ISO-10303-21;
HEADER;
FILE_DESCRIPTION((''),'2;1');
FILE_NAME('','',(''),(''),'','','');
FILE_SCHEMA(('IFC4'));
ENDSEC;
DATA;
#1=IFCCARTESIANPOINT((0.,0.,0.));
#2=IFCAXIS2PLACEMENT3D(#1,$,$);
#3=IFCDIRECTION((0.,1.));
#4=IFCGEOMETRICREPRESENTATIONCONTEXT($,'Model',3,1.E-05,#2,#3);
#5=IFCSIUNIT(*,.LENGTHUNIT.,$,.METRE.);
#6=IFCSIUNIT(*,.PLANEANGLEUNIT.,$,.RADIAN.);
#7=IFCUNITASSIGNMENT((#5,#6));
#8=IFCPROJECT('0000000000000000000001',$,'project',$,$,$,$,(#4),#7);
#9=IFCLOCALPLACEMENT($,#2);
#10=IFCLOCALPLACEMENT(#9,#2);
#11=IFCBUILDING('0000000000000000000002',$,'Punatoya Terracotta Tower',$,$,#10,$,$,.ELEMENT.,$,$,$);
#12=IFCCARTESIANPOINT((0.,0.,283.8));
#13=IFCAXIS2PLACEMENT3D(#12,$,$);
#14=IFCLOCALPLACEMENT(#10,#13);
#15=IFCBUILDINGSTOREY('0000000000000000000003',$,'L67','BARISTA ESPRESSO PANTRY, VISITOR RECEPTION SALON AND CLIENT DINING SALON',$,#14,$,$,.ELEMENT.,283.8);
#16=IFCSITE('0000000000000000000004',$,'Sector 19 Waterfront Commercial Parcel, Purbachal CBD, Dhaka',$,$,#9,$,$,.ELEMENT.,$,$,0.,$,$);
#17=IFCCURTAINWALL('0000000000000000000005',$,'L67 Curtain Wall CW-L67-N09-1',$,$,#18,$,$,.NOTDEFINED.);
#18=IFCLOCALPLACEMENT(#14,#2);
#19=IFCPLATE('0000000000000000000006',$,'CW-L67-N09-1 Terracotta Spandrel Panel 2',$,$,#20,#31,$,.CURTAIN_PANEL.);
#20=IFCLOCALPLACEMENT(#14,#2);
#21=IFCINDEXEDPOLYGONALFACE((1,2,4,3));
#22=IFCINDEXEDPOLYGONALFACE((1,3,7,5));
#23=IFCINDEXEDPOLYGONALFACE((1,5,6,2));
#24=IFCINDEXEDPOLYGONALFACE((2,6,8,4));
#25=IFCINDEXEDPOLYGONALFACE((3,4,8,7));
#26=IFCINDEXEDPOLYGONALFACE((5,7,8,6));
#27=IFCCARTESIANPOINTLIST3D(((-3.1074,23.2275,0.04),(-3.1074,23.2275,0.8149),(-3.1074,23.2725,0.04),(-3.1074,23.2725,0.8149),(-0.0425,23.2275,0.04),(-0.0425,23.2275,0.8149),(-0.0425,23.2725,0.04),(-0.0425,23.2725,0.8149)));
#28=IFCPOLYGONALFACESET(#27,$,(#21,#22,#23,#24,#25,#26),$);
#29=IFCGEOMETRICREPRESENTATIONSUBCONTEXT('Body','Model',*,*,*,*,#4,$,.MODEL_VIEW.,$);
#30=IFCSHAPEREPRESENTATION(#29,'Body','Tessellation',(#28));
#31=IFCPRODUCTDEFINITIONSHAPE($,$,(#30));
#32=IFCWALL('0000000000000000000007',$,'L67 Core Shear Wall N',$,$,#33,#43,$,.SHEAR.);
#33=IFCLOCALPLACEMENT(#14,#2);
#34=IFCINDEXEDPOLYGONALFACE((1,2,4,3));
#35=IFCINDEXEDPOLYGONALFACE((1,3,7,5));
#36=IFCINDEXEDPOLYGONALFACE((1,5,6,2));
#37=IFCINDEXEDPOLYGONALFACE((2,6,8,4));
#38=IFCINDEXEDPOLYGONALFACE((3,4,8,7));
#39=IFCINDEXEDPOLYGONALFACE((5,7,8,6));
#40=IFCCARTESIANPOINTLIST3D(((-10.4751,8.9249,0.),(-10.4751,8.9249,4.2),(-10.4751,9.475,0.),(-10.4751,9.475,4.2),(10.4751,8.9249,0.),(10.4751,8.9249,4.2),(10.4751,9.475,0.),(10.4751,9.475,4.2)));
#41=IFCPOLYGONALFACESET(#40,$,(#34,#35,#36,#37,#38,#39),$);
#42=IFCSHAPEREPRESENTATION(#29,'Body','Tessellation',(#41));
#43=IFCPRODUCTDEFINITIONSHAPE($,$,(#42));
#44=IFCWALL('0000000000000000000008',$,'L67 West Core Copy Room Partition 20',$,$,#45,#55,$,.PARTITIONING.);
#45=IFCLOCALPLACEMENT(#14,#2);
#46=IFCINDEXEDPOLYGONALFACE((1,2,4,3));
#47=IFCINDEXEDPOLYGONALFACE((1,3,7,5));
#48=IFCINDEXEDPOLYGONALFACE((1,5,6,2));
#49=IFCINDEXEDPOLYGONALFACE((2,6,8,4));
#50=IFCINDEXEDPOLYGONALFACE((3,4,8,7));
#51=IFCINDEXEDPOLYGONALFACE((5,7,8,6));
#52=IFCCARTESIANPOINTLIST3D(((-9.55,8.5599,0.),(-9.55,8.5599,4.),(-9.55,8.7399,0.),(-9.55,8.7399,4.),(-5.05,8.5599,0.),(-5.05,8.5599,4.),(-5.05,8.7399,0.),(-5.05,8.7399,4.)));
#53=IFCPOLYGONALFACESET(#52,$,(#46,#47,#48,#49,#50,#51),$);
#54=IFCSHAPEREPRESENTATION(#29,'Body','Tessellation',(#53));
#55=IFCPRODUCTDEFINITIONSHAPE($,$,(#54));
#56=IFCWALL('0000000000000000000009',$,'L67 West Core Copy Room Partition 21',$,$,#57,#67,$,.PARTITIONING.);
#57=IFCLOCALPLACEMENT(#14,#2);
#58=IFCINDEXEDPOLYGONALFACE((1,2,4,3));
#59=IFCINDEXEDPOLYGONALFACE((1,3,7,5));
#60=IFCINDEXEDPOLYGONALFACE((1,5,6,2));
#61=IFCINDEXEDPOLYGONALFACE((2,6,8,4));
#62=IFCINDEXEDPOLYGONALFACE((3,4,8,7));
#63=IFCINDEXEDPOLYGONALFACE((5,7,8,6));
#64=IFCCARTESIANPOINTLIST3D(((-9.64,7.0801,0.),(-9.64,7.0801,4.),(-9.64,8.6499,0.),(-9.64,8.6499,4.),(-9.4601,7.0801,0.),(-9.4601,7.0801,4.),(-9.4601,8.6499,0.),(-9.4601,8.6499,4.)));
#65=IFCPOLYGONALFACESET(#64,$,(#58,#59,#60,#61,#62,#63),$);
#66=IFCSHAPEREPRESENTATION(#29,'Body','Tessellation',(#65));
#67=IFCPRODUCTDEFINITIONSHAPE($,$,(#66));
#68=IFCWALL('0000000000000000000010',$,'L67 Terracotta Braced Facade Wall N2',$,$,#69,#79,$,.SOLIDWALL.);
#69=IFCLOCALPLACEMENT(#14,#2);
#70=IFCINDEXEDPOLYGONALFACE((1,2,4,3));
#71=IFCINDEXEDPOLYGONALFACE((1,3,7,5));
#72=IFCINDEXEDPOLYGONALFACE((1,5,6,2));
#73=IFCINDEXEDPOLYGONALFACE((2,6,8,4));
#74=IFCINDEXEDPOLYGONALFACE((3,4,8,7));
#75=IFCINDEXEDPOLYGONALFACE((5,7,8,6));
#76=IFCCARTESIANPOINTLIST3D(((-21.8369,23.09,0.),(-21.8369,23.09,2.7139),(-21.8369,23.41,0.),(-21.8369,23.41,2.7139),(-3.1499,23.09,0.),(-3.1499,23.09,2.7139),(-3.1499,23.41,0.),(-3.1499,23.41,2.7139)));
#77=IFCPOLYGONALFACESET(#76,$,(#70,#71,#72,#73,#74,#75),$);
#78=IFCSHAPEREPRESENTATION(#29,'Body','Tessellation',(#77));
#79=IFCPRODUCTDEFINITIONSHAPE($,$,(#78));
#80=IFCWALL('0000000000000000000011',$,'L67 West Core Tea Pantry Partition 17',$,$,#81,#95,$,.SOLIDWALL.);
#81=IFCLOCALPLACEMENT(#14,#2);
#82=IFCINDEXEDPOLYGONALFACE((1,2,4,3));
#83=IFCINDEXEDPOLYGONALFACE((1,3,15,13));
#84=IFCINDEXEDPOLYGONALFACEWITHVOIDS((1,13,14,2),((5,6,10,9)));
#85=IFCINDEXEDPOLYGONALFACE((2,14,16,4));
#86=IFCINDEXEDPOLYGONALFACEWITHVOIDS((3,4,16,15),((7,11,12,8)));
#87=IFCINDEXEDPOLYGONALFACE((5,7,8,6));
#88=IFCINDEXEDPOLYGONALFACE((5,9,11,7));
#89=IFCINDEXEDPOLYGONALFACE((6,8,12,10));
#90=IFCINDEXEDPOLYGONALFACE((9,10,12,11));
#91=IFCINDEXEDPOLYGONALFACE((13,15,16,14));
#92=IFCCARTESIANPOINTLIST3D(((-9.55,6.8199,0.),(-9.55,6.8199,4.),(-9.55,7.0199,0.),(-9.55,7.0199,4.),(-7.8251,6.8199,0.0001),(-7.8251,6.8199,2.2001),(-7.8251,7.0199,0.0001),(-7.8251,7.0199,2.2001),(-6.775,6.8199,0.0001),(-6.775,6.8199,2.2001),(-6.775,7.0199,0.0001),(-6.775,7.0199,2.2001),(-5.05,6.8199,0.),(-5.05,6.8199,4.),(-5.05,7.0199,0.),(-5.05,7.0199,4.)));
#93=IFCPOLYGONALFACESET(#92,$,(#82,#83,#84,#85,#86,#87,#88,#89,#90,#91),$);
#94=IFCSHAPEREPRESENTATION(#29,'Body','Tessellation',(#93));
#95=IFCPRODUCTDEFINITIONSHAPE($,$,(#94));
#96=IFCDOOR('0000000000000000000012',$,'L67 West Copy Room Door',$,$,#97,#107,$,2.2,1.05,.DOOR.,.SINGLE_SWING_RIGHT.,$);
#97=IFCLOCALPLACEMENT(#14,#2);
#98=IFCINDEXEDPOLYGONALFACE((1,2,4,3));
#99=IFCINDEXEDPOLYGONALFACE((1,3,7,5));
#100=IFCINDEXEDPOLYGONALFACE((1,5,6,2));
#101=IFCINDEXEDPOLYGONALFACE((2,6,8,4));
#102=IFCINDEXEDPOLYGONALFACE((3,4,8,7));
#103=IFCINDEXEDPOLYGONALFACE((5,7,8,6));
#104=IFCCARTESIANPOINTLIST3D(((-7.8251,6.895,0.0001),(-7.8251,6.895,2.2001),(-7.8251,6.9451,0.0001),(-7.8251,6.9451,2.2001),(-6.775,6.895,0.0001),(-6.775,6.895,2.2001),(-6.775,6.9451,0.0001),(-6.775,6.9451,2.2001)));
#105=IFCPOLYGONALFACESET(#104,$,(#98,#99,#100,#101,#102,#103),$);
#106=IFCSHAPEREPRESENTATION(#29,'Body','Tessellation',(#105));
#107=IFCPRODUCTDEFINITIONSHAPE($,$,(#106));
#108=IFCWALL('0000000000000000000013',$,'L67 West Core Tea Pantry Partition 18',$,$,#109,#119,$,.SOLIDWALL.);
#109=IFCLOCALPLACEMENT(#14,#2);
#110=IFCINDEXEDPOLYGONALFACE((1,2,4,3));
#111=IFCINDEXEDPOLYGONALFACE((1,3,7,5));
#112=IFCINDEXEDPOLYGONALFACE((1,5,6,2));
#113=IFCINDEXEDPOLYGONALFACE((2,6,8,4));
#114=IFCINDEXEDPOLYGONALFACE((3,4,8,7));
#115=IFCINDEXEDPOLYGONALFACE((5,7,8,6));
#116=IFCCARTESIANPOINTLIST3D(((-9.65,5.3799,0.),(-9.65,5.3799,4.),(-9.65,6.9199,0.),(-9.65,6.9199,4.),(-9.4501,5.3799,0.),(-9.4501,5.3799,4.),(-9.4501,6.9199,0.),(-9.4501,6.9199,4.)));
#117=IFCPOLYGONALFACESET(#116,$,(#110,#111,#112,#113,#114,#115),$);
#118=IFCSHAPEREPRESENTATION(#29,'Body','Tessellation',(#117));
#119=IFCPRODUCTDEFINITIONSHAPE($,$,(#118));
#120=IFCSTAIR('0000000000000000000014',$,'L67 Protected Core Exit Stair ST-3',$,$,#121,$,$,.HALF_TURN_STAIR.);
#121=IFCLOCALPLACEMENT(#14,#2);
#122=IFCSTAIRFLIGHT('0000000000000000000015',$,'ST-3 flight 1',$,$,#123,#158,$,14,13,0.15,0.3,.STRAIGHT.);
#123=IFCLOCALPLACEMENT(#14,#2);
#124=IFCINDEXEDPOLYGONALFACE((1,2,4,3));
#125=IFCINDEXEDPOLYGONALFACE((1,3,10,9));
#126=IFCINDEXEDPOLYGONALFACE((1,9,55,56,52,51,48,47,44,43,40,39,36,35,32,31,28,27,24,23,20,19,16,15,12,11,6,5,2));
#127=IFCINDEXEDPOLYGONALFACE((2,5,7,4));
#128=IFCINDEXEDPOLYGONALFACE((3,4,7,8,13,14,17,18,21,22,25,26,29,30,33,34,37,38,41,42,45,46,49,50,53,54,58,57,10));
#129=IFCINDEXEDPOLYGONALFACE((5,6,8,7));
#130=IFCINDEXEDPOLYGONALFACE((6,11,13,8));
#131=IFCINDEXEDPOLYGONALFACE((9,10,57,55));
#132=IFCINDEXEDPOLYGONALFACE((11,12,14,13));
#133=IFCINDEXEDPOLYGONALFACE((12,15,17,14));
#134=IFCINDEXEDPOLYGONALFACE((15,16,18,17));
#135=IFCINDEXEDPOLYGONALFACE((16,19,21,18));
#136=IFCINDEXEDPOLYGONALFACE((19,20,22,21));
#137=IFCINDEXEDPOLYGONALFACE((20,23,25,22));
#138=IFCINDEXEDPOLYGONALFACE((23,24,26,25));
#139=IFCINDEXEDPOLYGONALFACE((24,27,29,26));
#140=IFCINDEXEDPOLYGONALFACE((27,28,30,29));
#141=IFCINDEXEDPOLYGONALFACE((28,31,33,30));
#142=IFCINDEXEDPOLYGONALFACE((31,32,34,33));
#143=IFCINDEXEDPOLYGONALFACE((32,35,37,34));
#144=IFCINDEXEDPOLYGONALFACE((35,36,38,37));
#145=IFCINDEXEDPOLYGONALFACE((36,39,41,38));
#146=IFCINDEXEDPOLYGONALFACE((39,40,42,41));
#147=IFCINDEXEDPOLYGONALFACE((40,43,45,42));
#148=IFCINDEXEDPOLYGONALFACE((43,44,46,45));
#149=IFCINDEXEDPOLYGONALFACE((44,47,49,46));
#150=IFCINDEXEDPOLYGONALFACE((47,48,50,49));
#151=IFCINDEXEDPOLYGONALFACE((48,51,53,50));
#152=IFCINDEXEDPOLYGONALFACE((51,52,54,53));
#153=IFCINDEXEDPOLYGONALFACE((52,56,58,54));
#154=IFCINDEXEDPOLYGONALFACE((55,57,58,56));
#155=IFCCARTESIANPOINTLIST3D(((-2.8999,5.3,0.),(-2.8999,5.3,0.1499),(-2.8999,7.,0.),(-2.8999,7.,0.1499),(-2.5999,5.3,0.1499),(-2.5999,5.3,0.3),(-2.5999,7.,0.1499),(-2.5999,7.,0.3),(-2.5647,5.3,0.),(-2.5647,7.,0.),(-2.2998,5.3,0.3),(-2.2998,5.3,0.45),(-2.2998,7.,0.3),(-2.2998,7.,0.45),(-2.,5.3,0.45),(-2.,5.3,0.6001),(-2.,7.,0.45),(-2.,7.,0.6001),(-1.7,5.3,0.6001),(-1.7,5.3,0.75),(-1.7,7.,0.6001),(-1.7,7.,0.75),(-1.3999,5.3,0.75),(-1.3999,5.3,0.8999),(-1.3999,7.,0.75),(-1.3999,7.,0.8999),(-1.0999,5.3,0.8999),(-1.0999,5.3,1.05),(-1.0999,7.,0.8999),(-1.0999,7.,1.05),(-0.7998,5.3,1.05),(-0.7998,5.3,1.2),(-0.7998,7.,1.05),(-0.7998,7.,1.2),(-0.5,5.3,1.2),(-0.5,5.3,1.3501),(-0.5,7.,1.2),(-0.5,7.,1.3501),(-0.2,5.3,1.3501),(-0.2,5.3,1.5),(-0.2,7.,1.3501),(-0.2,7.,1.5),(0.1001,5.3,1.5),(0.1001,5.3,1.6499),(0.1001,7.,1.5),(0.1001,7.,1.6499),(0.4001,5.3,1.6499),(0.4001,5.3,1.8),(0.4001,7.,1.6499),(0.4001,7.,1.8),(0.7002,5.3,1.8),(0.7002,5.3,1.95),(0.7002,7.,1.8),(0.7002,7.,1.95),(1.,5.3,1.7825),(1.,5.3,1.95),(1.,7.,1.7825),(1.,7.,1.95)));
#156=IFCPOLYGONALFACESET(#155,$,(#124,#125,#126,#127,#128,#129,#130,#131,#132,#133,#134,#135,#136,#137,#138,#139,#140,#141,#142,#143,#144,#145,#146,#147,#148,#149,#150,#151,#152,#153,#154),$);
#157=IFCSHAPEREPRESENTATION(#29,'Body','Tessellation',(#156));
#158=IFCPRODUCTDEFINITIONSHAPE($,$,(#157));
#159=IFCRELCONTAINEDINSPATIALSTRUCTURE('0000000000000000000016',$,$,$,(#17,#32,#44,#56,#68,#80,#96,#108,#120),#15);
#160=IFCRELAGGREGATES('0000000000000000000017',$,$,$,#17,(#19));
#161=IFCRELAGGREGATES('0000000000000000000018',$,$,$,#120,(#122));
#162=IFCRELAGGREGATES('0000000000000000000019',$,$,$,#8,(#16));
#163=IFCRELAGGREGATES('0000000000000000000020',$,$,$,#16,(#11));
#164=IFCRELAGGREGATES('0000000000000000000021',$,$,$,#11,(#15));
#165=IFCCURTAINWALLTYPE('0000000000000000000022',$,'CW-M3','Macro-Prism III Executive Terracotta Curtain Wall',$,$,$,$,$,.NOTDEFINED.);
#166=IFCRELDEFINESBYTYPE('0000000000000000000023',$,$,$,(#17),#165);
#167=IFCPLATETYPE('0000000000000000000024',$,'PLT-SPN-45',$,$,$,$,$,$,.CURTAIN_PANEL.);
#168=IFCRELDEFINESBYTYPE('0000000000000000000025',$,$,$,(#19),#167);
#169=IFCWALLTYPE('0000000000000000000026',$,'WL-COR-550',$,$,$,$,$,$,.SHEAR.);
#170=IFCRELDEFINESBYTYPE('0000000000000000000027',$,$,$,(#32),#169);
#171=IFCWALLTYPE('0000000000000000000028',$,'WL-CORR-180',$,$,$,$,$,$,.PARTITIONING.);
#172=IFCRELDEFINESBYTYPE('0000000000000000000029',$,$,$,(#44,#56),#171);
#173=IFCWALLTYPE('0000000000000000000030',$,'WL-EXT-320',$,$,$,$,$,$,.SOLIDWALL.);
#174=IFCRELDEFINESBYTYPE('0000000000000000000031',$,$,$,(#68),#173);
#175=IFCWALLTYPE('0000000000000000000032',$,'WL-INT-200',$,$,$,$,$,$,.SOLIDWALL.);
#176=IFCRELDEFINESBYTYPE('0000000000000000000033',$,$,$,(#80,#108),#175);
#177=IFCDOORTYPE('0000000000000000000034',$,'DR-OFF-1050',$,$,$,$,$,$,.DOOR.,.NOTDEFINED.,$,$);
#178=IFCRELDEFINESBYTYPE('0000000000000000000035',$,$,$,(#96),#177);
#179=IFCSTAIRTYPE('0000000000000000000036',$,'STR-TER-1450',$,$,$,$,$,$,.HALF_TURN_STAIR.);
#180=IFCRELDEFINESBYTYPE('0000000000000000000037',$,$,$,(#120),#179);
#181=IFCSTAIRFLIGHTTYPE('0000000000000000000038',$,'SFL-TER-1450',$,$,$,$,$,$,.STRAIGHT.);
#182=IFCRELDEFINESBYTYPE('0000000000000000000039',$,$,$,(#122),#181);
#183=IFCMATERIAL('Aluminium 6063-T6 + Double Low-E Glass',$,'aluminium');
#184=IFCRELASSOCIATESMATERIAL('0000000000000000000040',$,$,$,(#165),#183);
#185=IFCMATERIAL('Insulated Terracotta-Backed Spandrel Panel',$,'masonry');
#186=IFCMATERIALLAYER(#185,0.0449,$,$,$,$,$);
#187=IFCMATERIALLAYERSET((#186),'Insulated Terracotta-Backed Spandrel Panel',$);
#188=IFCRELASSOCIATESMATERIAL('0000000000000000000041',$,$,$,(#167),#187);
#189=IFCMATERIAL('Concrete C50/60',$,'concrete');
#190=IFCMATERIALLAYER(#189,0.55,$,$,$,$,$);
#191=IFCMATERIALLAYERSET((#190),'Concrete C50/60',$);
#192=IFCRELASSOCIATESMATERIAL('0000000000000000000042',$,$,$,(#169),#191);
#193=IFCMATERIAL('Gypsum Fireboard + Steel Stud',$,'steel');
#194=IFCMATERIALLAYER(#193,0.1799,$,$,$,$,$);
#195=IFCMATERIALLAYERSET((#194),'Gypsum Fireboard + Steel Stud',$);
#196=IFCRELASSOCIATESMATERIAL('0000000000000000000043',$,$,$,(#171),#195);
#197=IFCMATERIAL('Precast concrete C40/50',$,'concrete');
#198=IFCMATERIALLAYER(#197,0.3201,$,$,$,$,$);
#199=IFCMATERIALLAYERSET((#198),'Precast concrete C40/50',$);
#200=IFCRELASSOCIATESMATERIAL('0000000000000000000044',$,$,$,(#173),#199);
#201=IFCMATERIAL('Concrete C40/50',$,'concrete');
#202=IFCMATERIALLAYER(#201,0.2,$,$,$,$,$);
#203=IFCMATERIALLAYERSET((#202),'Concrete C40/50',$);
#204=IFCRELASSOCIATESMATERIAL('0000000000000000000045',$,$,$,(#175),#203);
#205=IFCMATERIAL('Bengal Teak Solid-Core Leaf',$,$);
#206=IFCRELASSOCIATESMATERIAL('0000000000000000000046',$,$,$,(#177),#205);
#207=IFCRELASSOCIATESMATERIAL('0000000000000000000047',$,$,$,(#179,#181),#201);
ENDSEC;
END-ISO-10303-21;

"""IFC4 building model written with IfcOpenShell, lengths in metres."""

from ifc_helpers import new_model, si_unit, direction, frame, frame_2d, origin, origin_2d, place, context, subcontext, project, spatial, polyline, rectangle, outline, extrude, material, layer, layer_set, type_object, element, fill, aggregate, save


model = new_model("IFC4")

# Units and contexts
model_context = context("Model", 3, precision=1e-05, world=origin(), true_north=direction((0.0, 1.0)))
body_context = subcontext(model_context, "Body", "Model", "MODEL_VIEW")
ifc_project = project(units=[si_unit("LENGTHUNIT", "METRE"), si_unit("PLANEANGLEUNIT", "RADIAN")], contexts=[model_context])

# Site, building, storey
site_placement = place(None, origin())
site = spatial("IfcSite", under=ifc_project, at=site_placement, Name="Sector 19 Waterfront Commercial Parcel, Purbachal CBD, Dhaka", CompositionType="ELEMENT", RefElevation=0.0)
building_placement = place(site_placement, origin())
building = spatial("IfcBuilding", under=site, at=building_placement, Name="Punatoya Terracotta Tower", CompositionType="ELEMENT")
storey_placement = place(building_placement, frame((0.0, 0.0, 283.8)))
storey = spatial("IfcBuildingStorey", under=building, at=storey_placement, Name="L67", Description="BARISTA ESPRESSO PANTRY, VISITOR RECEPTION SALON AND CLIENT DINING SALON", CompositionType="ELEMENT", Elevation=283.8)

# Curtain wall
ifc_material_1 = material(Name="Aluminium 6063-T6 + Double Low-E Glass", Category="aluminium")
curtain_wall_type = type_object("IfcCurtainWallType", Name="CW-M3", Description="Macro-Prism III Executive Terracotta Curtain Wall", PredefinedType="NOTDEFINED", material=ifc_material_1)
curtain_wall_placement = place(storey_placement, origin())
curtain_wall = element("IfcCurtainWall", 1, at=curtain_wall_placement, inside=storey, type_object=curtain_wall_type, Name="L67 Curtain Wall CW-L67-N09-1", PredefinedType="NOTDEFINED")

# Plate
ifc_material_2 = material(Name="Insulated Terracotta-Backed Spandrel Panel", Category="masonry")
ifc_layer_1 = layer(ifc_material_2, 0.0449)
ifc_layer_set_1 = layer_set([ifc_layer_1], Name="Insulated Terracotta-Backed Spandrel Panel")
plate_type_1 = type_object("IfcPlateType", Name="PLT-SPN-45", PredefinedType="CURTAIN_PANEL", material=ifc_layer_set_1)
plate_1_placement = place(storey_placement, frame((-1.575, 23.25, 0.04), z_axis=(0.0, 0.0, 1.0), x_axis=(-1.0, 0.0, 0.0)))
plate_1 = element("IfcPlate", 2, at=plate_1_placement, type_object=plate_type_1, Name="CW-L67-N09-1 Terracotta Spandrel Panel 2", PredefinedType="CURTAIN_PANEL", context=body_context, shape_type="SweptSolid", body=[
    extrude(rectangle(XDim=3.0649, YDim=0.0449, at=origin_2d()), origin(), (0.0, 0.0, 1.0), 0.7749),
])
aggregate(curtain_wall, [plate_1])

# Walls
ifc_material_3 = material(Name="Concrete C50/60", Category="concrete")
ifc_layer_2 = layer(ifc_material_3, 0.55)
ifc_layer_set_2 = layer_set([ifc_layer_2], Name="Concrete C50/60")
wall_type_1 = type_object("IfcWallType", Name="WL-COR-550", PredefinedType="SHEAR", material=ifc_layer_set_2)
wall_1_placement = place(storey_placement, frame((-10.4751, 9.2, 0.0), z_axis=(0.0, 0.0, 1.0), x_axis=(1.0, 0.0, 0.0)))
element("IfcWall", 3, at=wall_1_placement, inside=storey, type_object=wall_type_1, Name="L67 Core Shear Wall N", PredefinedType="SHEAR", context=body_context, shape_type="SweptSolid", body=[
    extrude(rectangle(XDim=20.9502, YDim=0.55, at=frame_2d((10.4751, 0.0))), origin(), (0.0, 0.0, 1.0), 4.2),
])
ifc_material_4 = material(Name="Gypsum Fireboard + Steel Stud", Category="steel")
ifc_layer_3 = layer(ifc_material_4, 0.1799)
ifc_layer_set_3 = layer_set([ifc_layer_3], Name="Gypsum Fireboard + Steel Stud")
wall_type_2 = type_object("IfcWallType", Name="WL-CORR-180", PredefinedType="PARTITIONING", material=ifc_layer_set_3)
wall_2_placement = place(storey_placement, frame((-5.05, 8.6499, 0.0), z_axis=(0.0, 0.0, 1.0), x_axis=(-1.0, 0.0, 0.0)))
element("IfcWall", 4, at=wall_2_placement, inside=storey, type_object=wall_type_2, Name="L67 West Core Copy Room Partition 20", PredefinedType="PARTITIONING", context=body_context, shape_type="SweptSolid", body=[
    extrude(rectangle(XDim=4.5, YDim=0.1799, at=frame_2d((2.25, 0.0))), origin(), (0.0, 0.0, 1.0), 4.0),
])
wall_3_placement = place(storey_placement, frame((-9.55, 8.6499, 0.0), z_axis=(0.0, 0.0, 1.0), x_axis=(0.0, -1.0, 0.0)))
element("IfcWall", 5, at=wall_3_placement, inside=storey, type_object=wall_type_2, Name="L67 West Core Copy Room Partition 21", PredefinedType="PARTITIONING", context=body_context, shape_type="SweptSolid", body=[
    extrude(rectangle(XDim=1.5698, YDim=0.1799, at=frame_2d((0.7849, 0.0))), origin(), (0.0, 0.0, 1.0), 4.0),
])
ifc_material_5 = material(Name="Precast concrete C40/50", Category="concrete")
ifc_layer_4 = layer(ifc_material_5, 0.3201)
ifc_layer_set_4 = layer_set([ifc_layer_4], Name="Precast concrete C40/50")
wall_type_3 = type_object("IfcWallType", Name="WL-EXT-320", PredefinedType="SOLIDWALL", material=ifc_layer_set_4)
wall_4_placement = place(storey_placement, frame((-3.1499, 23.25, 0.0), z_axis=(0.0, 0.0, 1.0), x_axis=(-1.0, 0.0, 0.0)))
element("IfcWall", 6, at=wall_4_placement, inside=storey, type_object=wall_type_3, Name="L67 Terracotta Braced Facade Wall N2", PredefinedType="SOLIDWALL", context=body_context, shape_type="SweptSolid", body=[
    extrude(rectangle(XDim=18.687, YDim=0.3201, at=frame_2d((9.3435, 0.0))), origin(), (0.0, 0.0, 1.0), 2.7139),
])

# Wall, opening, door
ifc_material_6 = material(Name="Concrete C40/50", Category="concrete")
ifc_layer_5 = layer(ifc_material_6, 0.2)
ifc_layer_set_5 = layer_set([ifc_layer_5], Name="Concrete C40/50")
wall_type_4 = type_object("IfcWallType", Name="WL-INT-200", PredefinedType="SOLIDWALL", material=ifc_layer_set_5)
wall_5_placement = place(storey_placement, frame((-5.05, 6.9199, 0.0), z_axis=(0.0, 0.0, 1.0), x_axis=(-1.0, 0.0, 0.0)))
wall_5 = element("IfcWall", 7, at=wall_5_placement, inside=storey, type_object=wall_type_4, Name="L67 West Core Tea Pantry Partition 17", PredefinedType="SOLIDWALL", context=body_context, shape_type="SweptSolid", body=[
    extrude(rectangle(XDim=4.5, YDim=0.2, at=frame_2d((2.25, 0.0))), origin(), (0.0, 0.0, 1.0), 4.0),
])
opening_placement = place(wall_5_placement, frame((1.7251, 0.0, 0.0)))
opening = element("IfcOpeningElement", 8, at=opening_placement, cuts=wall_5, PredefinedType="OPENING", context=body_context, shape_type="SweptSolid", body=[
    extrude(rectangle(XDim=1.05, YDim=2.2, at=frame_2d((0.5249, 1.1001))), frame((0.0, 0.1099, 0.0), z_axis=(0.0, -1.0, 0.0), x_axis=(1.0, 0.0, 0.0)), (0.0, 0.0, 1.0), 0.22),
])
ifc_material_7 = material(Name="Bengal Teak Solid-Core Leaf")
door_type = type_object("IfcDoorType", Name="DR-OFF-1050", OperationType="NOTDEFINED", PredefinedType="DOOR", material=ifc_material_7)
door_placement = place(opening_placement, origin())
door = element("IfcDoor", 9, at=door_placement, inside=storey, type_object=door_type, Name="L67 West Copy Room Door", OperationType="SINGLE_SWING_RIGHT", OverallHeight=2.2, OverallWidth=1.05, PredefinedType="DOOR", context=body_context, shape_type="SweptSolid", body=[
    extrude(rectangle(XDim=1.05, YDim=2.2, at=frame_2d((0.5249, 1.1001))), frame((0.0, 0.0249, 0.0), z_axis=(0.0, -1.0, 0.0), x_axis=(1.0, 0.0, 0.0)), (0.0, 0.0, 1.0), 0.05),
])
fill(opening, door)

# Wall
wall_6_placement = place(storey_placement, frame((-9.55, 6.9199, 0.0), z_axis=(0.0, 0.0, 1.0), x_axis=(0.0, -1.0, 0.0)))
element("IfcWall", 10, at=wall_6_placement, inside=storey, type_object=wall_type_4, Name="L67 West Core Tea Pantry Partition 18", PredefinedType="SOLIDWALL", context=body_context, shape_type="SweptSolid", body=[
    extrude(rectangle(XDim=1.54, YDim=0.2, at=frame_2d((0.77, 0.0))), origin(), (0.0, 0.0, 1.0), 4.0),
])

# Stair, stair flight
stair_type = type_object("IfcStairType", Name="STR-TER-1450", PredefinedType="HALF_TURN_STAIR", material=ifc_material_6)
stair_placement = place(storey_placement, origin())
stair = element("IfcStair", 11, at=stair_placement, inside=storey, type_object=stair_type, Name="L67 Protected Core Exit Stair ST-3", PredefinedType="HALF_TURN_STAIR")
stair_flight_type = type_object("IfcStairFlightType", Name="SFL-TER-1450", PredefinedType="STRAIGHT", material=ifc_material_6)
stair_flight_placement = place(storey_placement, frame((-2.8999, 6.1499, 0.0), z_axis=(0.0, 0.0, 1.0), x_axis=(1.0, 0.0, 0.0)))
stair_flight = element("IfcStairFlight", 12, at=stair_flight_placement, type_object=stair_flight_type, Name="ST-3 flight 1", NumberOfRisers=14, NumberOfTreads=13, PredefinedType="STRAIGHT", RiserHeight=0.15, TreadLength=0.3, context=body_context, shape_type="SweptSolid", body=[
    extrude(outline(polyline([(0.0, 0.0), (0.0, 0.1499), (0.3, 0.1499), (0.3, 0.3), (0.6001, 0.3), (0.6001, 0.45), (0.8999, 0.45), (0.8999, 0.6001), (1.2, 0.6001), (1.2, 0.75), (1.5, 0.75), (1.5, 0.8999), (1.8, 0.8999), (1.8, 1.05), (2.1001, 1.05), (2.1001, 1.2), (2.3999, 1.2), (2.3999, 1.3501), (2.7, 1.3501), (2.7, 1.5), (3.0, 1.5), (3.0, 1.6499), (3.3, 1.6499), (3.3, 1.8), (3.6001, 1.8), (3.6001, 1.95), (3.8999, 1.95), (3.8999, 2.1001), (3.8999, 1.7825), (0.3352, 0.0), (0.0, 0.0)])), frame((0.0, 0.8501, 0.0), z_axis=(0.0, -1.0, 0.0), x_axis=(1.0, 0.0, 0.0)), (0.0, 0.0, 1.0), 1.7),
])
aggregate(stair, [stair_flight])

save(model, "model.ifc")
